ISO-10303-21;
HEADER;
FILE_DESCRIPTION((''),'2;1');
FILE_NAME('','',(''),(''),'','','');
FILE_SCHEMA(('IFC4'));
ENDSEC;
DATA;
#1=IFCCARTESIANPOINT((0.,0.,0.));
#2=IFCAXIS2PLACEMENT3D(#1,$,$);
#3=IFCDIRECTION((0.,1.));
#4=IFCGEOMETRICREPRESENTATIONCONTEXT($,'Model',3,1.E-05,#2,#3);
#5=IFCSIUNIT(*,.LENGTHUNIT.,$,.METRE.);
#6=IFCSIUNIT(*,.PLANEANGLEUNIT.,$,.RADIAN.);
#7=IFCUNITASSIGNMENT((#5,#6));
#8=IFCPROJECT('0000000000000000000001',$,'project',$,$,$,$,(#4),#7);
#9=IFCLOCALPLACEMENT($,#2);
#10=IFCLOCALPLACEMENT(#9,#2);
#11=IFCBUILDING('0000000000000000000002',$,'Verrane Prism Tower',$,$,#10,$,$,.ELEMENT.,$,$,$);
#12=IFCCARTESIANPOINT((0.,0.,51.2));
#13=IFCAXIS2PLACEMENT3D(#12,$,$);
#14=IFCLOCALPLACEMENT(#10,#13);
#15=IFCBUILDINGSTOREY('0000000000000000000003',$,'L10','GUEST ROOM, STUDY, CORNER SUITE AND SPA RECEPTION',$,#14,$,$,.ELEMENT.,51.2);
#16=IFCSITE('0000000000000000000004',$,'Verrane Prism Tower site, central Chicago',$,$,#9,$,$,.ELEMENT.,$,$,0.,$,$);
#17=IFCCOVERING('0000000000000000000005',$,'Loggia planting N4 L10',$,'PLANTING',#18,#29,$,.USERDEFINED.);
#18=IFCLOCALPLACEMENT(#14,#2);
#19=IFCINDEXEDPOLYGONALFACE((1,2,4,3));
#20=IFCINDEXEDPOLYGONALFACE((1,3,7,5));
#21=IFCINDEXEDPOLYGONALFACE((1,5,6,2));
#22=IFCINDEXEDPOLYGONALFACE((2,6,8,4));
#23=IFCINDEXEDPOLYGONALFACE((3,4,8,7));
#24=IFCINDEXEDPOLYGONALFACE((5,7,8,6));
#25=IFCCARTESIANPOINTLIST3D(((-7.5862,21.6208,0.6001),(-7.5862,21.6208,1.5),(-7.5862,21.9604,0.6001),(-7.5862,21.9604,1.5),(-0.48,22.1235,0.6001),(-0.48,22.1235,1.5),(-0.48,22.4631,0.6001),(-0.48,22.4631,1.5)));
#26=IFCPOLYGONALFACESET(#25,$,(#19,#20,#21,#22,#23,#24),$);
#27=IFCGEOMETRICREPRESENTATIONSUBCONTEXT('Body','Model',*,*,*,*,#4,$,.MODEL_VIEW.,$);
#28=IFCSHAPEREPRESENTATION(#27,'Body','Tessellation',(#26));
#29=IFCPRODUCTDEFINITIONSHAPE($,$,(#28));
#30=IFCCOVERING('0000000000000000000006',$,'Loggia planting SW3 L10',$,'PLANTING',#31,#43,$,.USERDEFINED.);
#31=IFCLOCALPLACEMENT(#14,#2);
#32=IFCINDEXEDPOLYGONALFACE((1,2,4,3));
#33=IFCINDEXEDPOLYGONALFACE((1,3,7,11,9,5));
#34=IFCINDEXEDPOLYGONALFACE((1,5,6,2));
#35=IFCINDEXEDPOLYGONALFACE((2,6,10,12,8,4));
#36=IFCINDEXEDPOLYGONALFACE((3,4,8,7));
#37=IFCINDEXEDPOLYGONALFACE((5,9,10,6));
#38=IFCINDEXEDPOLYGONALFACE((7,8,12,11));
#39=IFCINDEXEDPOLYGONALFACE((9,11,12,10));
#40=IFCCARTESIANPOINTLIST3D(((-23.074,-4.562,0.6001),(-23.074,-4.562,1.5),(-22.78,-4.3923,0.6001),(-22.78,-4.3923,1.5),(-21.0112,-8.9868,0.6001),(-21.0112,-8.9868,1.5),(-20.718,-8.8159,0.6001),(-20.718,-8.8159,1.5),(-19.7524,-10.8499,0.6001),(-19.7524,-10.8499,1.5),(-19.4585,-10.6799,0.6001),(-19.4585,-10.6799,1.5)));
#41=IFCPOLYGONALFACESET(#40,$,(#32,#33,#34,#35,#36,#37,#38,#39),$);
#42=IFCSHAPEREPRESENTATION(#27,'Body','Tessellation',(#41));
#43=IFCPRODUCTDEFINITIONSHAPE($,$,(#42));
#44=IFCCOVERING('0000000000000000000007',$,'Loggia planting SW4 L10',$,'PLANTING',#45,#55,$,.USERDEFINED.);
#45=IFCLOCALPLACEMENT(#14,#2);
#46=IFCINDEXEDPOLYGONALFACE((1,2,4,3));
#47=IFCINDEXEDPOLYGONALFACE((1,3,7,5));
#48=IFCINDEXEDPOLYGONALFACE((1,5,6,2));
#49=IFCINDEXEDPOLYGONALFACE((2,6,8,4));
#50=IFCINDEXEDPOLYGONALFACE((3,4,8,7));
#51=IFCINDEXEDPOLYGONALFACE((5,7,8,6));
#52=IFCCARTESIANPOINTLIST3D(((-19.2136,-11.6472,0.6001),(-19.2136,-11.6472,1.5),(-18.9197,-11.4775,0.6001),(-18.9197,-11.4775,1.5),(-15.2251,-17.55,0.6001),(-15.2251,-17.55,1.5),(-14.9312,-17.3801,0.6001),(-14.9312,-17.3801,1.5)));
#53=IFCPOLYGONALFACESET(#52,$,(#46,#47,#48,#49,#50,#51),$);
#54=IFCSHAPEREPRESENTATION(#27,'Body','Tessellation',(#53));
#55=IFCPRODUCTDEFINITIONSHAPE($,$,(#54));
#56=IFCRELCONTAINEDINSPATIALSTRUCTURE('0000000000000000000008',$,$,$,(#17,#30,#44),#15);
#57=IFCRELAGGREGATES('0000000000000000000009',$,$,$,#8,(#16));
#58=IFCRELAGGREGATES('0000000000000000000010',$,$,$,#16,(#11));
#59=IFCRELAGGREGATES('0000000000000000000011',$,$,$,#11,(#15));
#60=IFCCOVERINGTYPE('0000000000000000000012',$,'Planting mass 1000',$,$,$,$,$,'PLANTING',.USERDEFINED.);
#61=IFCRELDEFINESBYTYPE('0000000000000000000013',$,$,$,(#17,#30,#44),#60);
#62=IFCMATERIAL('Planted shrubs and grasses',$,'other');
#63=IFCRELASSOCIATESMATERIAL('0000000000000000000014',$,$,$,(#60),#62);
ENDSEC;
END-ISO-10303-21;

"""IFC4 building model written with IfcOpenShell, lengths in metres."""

from ifc_helpers import new_model, si_unit, direction, frame, origin, place, context, subcontext, project, spatial, polyline, outline, extrude, material, type_object, element, save


model = new_model("IFC4")

# Units and contexts
model_context = context("Model", 3, precision=1e-05, world=origin(), true_north=direction((0.0, 1.0)))
body_context = subcontext(model_context, "Body", "Model", "MODEL_VIEW")
ifc_project = project(units=[si_unit("LENGTHUNIT", "METRE"), si_unit("PLANEANGLEUNIT", "RADIAN")], contexts=[model_context])

# Site, building, storey
site_placement = place(None, origin())
site = spatial("IfcSite", under=ifc_project, at=site_placement, Name="Verrane Prism Tower site, central Chicago", CompositionType="ELEMENT", RefElevation=0.0)
building_placement = place(site_placement, origin())
building = spatial("IfcBuilding", under=site, at=building_placement, Name="Verrane Prism Tower", CompositionType="ELEMENT")
storey_placement = place(building_placement, frame((0.0, 0.0, 51.2)))
storey = spatial("IfcBuildingStorey", under=building, at=storey_placement, Name="L10", Description="GUEST ROOM, STUDY, CORNER SUITE AND SPA RECEPTION", CompositionType="ELEMENT", Elevation=51.2)

# Coverings
ifc_material_1 = material(Name="Planted shrubs and grasses", Category="other")
covering_type_1 = type_object("IfcCoveringType", Name="Planting mass 1000", ElementType="PLANTING", PredefinedType="USERDEFINED", material=ifc_material_1)
covering_1_placement = place(storey_placement, frame((0.0, 0.0, 0.6001)))
element("IfcCovering", 1, at=covering_1_placement, inside=storey, type_object=covering_type_1, Name="Loggia planting N4 L10", ObjectType="PLANTING", PredefinedType="USERDEFINED", context=body_context, shape_type="SweptSolid", body=[
    extrude(outline(polyline([(-7.5862, 21.9604), (-7.5862, 21.6208), (-0.48, 22.1235), (-0.48, 22.4631), (-7.5862, 21.9604)])), origin(), (0.0, 0.0, 1.0), 0.8999),
])
covering_2_placement = place(storey_placement, frame((0.0, 0.0, 0.6001)))
element("IfcCovering", 2, at=covering_2_placement, inside=storey, type_object=covering_type_1, Name="Loggia planting SW3 L10", ObjectType="PLANTING", PredefinedType="USERDEFINED", context=body_context, shape_type="SweptSolid", body=[
    extrude(outline(polyline([(-21.0112, -8.9868), (-19.7524, -10.8499), (-19.4585, -10.6799), (-20.718, -8.8159), (-22.78, -4.3923), (-23.074, -4.562), (-21.0112, -8.9868)])), origin(), (0.0, 0.0, 1.0), 0.8999),
])
covering_3_placement = place(storey_placement, frame((0.0, 0.0, 0.6001)))
element("IfcCovering", 3, at=covering_3_placement, inside=storey, type_object=covering_type_1, Name="Loggia planting SW4 L10", ObjectType="PLANTING", PredefinedType="USERDEFINED", context=body_context, shape_type="SweptSolid", body=[
    extrude(outline(polyline([(-15.2251, -17.55), (-14.9312, -17.3801), (-18.9197, -11.4775), (-19.2136, -11.6472), (-15.2251, -17.55)])), origin(), (0.0, 0.0, 1.0), 0.8999),
])

save(model, "model.ifc")
